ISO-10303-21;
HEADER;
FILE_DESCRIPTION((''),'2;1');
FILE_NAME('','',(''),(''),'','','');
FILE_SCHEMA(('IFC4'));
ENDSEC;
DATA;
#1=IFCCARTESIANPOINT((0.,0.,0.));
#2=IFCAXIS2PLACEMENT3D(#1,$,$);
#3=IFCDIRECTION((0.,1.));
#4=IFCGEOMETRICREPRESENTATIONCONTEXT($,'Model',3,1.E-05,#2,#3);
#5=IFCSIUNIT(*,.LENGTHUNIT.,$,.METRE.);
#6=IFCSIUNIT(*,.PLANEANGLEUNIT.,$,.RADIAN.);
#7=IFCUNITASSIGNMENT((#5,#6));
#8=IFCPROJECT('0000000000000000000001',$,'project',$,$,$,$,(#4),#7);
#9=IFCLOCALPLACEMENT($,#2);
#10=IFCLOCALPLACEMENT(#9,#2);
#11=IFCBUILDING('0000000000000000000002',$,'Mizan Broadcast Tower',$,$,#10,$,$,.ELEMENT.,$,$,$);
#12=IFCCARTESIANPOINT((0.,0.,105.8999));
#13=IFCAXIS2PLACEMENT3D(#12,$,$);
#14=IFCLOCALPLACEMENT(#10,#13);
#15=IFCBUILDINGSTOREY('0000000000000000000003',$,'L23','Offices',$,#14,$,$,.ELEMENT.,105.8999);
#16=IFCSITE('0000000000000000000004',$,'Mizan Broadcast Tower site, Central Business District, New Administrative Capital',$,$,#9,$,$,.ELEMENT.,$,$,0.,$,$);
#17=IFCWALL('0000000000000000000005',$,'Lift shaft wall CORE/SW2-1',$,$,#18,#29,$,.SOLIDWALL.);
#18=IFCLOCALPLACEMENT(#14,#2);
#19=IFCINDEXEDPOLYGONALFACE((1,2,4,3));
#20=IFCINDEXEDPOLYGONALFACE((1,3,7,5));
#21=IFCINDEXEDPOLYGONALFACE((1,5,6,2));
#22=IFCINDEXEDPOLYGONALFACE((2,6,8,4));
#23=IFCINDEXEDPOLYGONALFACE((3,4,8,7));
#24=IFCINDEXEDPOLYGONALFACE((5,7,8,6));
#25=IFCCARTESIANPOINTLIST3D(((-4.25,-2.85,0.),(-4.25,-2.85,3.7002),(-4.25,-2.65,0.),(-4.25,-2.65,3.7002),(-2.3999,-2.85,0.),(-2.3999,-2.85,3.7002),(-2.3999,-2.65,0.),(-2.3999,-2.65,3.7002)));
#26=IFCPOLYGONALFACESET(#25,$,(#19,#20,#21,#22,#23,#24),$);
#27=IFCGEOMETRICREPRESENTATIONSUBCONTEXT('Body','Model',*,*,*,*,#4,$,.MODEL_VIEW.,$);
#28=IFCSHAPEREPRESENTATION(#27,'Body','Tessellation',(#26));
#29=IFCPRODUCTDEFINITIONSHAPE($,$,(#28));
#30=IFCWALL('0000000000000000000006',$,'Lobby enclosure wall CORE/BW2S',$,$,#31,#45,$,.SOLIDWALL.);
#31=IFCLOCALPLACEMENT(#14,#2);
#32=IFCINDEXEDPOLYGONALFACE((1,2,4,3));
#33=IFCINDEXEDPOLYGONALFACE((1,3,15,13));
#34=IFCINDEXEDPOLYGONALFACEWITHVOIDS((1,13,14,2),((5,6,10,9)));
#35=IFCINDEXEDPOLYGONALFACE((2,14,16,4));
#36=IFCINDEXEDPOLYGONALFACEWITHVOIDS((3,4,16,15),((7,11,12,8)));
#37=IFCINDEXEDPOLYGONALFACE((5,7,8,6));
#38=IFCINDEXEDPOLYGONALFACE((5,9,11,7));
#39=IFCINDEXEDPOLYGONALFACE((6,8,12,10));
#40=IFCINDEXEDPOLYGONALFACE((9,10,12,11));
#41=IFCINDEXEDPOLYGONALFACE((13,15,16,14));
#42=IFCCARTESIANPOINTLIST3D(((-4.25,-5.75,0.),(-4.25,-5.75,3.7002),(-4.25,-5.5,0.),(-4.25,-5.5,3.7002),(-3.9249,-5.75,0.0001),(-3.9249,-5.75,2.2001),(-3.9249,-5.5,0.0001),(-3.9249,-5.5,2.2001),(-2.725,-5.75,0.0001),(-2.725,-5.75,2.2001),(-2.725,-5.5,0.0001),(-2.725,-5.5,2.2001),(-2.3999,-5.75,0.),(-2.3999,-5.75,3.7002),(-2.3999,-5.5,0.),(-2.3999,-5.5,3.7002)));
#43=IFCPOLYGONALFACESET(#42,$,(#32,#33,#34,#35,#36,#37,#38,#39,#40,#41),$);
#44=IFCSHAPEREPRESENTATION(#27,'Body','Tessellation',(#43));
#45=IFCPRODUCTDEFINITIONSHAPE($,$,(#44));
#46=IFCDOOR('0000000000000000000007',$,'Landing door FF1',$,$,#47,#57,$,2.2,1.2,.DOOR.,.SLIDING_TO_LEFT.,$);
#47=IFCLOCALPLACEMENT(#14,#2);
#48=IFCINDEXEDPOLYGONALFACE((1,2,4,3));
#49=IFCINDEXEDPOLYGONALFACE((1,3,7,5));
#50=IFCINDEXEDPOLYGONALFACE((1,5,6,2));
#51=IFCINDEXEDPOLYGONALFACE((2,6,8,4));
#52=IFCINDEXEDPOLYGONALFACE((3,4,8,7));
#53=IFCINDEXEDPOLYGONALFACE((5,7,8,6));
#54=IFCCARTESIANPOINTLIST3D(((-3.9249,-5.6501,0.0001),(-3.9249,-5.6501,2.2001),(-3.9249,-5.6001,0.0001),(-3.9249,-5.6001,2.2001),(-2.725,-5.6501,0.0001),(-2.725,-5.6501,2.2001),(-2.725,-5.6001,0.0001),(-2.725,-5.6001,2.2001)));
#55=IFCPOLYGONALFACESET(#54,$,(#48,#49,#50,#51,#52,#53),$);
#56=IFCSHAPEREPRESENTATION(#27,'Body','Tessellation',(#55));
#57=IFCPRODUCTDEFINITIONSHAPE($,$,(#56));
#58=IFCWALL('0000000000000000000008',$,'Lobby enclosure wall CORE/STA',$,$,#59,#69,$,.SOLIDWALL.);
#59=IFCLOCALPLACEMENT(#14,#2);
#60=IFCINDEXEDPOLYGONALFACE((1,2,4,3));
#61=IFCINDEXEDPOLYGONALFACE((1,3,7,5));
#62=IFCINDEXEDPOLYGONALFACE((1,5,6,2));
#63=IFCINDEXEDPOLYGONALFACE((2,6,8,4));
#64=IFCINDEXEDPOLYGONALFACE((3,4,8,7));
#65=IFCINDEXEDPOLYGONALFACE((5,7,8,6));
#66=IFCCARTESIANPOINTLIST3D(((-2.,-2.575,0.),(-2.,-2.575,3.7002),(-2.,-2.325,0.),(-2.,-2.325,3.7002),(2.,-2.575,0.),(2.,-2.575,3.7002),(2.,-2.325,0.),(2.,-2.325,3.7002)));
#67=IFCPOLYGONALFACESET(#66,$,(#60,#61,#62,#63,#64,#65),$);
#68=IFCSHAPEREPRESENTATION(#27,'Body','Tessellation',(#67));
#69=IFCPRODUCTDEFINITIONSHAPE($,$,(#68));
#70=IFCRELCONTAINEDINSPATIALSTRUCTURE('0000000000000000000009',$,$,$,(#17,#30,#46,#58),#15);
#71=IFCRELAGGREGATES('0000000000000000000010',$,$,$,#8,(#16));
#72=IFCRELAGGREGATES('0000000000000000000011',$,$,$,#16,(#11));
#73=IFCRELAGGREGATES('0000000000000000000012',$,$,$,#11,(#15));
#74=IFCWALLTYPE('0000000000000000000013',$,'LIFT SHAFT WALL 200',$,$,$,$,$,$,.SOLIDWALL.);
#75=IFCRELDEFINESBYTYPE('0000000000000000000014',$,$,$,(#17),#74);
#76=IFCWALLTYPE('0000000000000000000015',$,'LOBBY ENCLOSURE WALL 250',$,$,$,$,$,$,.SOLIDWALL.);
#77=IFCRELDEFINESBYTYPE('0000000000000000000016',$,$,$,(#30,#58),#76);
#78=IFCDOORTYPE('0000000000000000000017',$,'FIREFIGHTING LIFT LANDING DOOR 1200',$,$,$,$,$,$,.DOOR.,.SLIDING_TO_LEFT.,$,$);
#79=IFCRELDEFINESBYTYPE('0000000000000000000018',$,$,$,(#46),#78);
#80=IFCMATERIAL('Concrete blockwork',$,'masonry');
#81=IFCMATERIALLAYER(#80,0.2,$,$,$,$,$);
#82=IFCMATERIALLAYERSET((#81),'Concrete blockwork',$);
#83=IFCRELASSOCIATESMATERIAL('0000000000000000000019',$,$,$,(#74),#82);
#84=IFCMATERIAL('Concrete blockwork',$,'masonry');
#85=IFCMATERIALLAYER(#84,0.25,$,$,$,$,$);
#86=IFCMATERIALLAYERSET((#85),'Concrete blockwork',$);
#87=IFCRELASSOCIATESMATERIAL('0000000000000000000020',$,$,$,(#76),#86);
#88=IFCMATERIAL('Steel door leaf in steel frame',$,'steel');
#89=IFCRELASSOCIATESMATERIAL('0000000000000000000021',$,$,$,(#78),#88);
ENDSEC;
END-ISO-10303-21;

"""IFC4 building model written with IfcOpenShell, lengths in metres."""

from ifc_helpers import new_model, si_unit, direction, frame, frame_2d, origin, place, context, subcontext, project, spatial, rectangle, extrude, material, layer, layer_set, type_object, element, fill, save


model = new_model("IFC4")

# Units and contexts
model_context = context("Model", 3, precision=1e-05, world=origin(), true_north=direction((0.0, 1.0)))
body_context = subcontext(model_context, "Body", "Model", "MODEL_VIEW")
ifc_project = project(units=[si_unit("LENGTHUNIT", "METRE"), si_unit("PLANEANGLEUNIT", "RADIAN")], contexts=[model_context])

# Site, building, storey
site_placement = place(None, origin())
site = spatial("IfcSite", under=ifc_project, at=site_placement, Name="Mizan Broadcast Tower site, Central Business District, New Administrative Capital", CompositionType="ELEMENT", RefElevation=0.0)
building_placement = place(site_placement, origin())
building = spatial("IfcBuilding", under=site, at=building_placement, Name="Mizan Broadcast Tower", CompositionType="ELEMENT")
storey_placement = place(building_placement, frame((0.0, 0.0, 105.8999)))
storey = spatial("IfcBuildingStorey", under=building, at=storey_placement, Name="L23", Description="Offices", CompositionType="ELEMENT", Elevation=105.8999)

# Wall
ifc_material_1 = material(Name="Concrete blockwork", Category="masonry")
ifc_layer_1 = layer(ifc_material_1, 0.2)
ifc_layer_set_1 = layer_set([ifc_layer_1], Name="Concrete blockwork")
wall_type_1 = type_object("IfcWallType", Name="LIFT SHAFT WALL 200", PredefinedType="SOLIDWALL", material=ifc_layer_set_1)
wall_1_placement = place(storey_placement, frame((-4.25, -2.75, 0.0), z_axis=(0.0, 0.0, 1.0), x_axis=(1.0, 0.0, 0.0)))
element("IfcWall", 1, at=wall_1_placement, inside=storey, type_object=wall_type_1, Name="Lift shaft wall CORE/SW2-1", PredefinedType="SOLIDWALL", context=body_context, shape_type="SweptSolid", body=[
    extrude(rectangle(XDim=1.8501, YDim=0.2, at=frame_2d((0.925, 0.0))), origin(), (0.0, 0.0, 1.0), 3.7002),
])

# Wall, opening, door
ifc_material_2 = material(Name="Concrete blockwork", Category="masonry")
ifc_layer_2 = layer(ifc_material_2, 0.25)
ifc_layer_set_2 = layer_set([ifc_layer_2], Name="Concrete blockwork")
wall_type_2 = type_object("IfcWallType", Name="LOBBY ENCLOSURE WALL 250", PredefinedType="SOLIDWALL", material=ifc_layer_set_2)
wall_2_placement = place(storey_placement, frame((-4.25, -5.625, 0.0), z_axis=(0.0, 0.0, 1.0), x_axis=(1.0, 0.0, 0.0)))
wall_2 = element("IfcWall", 2, at=wall_2_placement, inside=storey, type_object=wall_type_2, Name="Lobby enclosure wall CORE/BW2S", PredefinedType="SOLIDWALL", context=body_context, shape_type="SweptSolid", body=[
    extrude(rectangle(XDim=1.8501, YDim=0.25, at=frame_2d((0.925, 0.0))), origin(), (0.0, 0.0, 1.0), 3.7002),
])
opening_1_placement = place(wall_2_placement, frame((0.325, 0.0, 0.0)))
opening_1 = element("IfcOpeningElement", 3, at=opening_1_placement, cuts=wall_2, PredefinedType="OPENING", context=body_context, shape_type="SweptSolid", body=[
    extrude(rectangle(XDim=1.2, YDim=2.2, at=frame_2d((0.6001, 1.1001))), frame((0.0, 0.135, 0.0), z_axis=(0.0, -1.0, 0.0), x_axis=(1.0, 0.0, 0.0)), (0.0, 0.0, 1.0), 0.27),
])
ifc_material_3 = material(Name="Steel door leaf in steel frame", Category="steel")
door_type_1 = type_object("IfcDoorType", Name="FIREFIGHTING LIFT LANDING DOOR 1200", OperationType="SLIDING_TO_LEFT", PredefinedType="DOOR", material=ifc_material_3)
door_1_placement = place(opening_1_placement, origin())
door_1 = element("IfcDoor", 4, at=door_1_placement, inside=storey, type_object=door_type_1, Name="Landing door FF1", OperationType="SLIDING_TO_LEFT", OverallHeight=2.2, OverallWidth=1.2, PredefinedType="DOOR", context=body_context, shape_type="SweptSolid", body=[
    extrude(rectangle(XDim=1.2, YDim=2.2, at=frame_2d((0.6001, 1.1001))), frame((0.0, 0.0249, 0.0), z_axis=(0.0, -1.0, 0.0), x_axis=(1.0, 0.0, 0.0)), (0.0, 0.0, 1.0), 0.05),
])
fill(opening_1, door_1)

# Wall
wall_3_placement = place(storey_placement, frame((-2.0, -2.45, 0.0), z_axis=(0.0, 0.0, 1.0), x_axis=(1.0, 0.0, 0.0)))
element("IfcWall", 5, at=wall_3_placement, inside=storey, type_object=wall_type_2, Name="Lobby enclosure wall CORE/STA", PredefinedType="SOLIDWALL", context=body_context, shape_type="SweptSolid", body=[
    extrude(rectangle(XDim=4.0, YDim=0.25, at=frame_2d((2.0, 0.0))), origin(), (0.0, 0.0, 1.0), 3.7002),
])

save(model, "model.ifc")
